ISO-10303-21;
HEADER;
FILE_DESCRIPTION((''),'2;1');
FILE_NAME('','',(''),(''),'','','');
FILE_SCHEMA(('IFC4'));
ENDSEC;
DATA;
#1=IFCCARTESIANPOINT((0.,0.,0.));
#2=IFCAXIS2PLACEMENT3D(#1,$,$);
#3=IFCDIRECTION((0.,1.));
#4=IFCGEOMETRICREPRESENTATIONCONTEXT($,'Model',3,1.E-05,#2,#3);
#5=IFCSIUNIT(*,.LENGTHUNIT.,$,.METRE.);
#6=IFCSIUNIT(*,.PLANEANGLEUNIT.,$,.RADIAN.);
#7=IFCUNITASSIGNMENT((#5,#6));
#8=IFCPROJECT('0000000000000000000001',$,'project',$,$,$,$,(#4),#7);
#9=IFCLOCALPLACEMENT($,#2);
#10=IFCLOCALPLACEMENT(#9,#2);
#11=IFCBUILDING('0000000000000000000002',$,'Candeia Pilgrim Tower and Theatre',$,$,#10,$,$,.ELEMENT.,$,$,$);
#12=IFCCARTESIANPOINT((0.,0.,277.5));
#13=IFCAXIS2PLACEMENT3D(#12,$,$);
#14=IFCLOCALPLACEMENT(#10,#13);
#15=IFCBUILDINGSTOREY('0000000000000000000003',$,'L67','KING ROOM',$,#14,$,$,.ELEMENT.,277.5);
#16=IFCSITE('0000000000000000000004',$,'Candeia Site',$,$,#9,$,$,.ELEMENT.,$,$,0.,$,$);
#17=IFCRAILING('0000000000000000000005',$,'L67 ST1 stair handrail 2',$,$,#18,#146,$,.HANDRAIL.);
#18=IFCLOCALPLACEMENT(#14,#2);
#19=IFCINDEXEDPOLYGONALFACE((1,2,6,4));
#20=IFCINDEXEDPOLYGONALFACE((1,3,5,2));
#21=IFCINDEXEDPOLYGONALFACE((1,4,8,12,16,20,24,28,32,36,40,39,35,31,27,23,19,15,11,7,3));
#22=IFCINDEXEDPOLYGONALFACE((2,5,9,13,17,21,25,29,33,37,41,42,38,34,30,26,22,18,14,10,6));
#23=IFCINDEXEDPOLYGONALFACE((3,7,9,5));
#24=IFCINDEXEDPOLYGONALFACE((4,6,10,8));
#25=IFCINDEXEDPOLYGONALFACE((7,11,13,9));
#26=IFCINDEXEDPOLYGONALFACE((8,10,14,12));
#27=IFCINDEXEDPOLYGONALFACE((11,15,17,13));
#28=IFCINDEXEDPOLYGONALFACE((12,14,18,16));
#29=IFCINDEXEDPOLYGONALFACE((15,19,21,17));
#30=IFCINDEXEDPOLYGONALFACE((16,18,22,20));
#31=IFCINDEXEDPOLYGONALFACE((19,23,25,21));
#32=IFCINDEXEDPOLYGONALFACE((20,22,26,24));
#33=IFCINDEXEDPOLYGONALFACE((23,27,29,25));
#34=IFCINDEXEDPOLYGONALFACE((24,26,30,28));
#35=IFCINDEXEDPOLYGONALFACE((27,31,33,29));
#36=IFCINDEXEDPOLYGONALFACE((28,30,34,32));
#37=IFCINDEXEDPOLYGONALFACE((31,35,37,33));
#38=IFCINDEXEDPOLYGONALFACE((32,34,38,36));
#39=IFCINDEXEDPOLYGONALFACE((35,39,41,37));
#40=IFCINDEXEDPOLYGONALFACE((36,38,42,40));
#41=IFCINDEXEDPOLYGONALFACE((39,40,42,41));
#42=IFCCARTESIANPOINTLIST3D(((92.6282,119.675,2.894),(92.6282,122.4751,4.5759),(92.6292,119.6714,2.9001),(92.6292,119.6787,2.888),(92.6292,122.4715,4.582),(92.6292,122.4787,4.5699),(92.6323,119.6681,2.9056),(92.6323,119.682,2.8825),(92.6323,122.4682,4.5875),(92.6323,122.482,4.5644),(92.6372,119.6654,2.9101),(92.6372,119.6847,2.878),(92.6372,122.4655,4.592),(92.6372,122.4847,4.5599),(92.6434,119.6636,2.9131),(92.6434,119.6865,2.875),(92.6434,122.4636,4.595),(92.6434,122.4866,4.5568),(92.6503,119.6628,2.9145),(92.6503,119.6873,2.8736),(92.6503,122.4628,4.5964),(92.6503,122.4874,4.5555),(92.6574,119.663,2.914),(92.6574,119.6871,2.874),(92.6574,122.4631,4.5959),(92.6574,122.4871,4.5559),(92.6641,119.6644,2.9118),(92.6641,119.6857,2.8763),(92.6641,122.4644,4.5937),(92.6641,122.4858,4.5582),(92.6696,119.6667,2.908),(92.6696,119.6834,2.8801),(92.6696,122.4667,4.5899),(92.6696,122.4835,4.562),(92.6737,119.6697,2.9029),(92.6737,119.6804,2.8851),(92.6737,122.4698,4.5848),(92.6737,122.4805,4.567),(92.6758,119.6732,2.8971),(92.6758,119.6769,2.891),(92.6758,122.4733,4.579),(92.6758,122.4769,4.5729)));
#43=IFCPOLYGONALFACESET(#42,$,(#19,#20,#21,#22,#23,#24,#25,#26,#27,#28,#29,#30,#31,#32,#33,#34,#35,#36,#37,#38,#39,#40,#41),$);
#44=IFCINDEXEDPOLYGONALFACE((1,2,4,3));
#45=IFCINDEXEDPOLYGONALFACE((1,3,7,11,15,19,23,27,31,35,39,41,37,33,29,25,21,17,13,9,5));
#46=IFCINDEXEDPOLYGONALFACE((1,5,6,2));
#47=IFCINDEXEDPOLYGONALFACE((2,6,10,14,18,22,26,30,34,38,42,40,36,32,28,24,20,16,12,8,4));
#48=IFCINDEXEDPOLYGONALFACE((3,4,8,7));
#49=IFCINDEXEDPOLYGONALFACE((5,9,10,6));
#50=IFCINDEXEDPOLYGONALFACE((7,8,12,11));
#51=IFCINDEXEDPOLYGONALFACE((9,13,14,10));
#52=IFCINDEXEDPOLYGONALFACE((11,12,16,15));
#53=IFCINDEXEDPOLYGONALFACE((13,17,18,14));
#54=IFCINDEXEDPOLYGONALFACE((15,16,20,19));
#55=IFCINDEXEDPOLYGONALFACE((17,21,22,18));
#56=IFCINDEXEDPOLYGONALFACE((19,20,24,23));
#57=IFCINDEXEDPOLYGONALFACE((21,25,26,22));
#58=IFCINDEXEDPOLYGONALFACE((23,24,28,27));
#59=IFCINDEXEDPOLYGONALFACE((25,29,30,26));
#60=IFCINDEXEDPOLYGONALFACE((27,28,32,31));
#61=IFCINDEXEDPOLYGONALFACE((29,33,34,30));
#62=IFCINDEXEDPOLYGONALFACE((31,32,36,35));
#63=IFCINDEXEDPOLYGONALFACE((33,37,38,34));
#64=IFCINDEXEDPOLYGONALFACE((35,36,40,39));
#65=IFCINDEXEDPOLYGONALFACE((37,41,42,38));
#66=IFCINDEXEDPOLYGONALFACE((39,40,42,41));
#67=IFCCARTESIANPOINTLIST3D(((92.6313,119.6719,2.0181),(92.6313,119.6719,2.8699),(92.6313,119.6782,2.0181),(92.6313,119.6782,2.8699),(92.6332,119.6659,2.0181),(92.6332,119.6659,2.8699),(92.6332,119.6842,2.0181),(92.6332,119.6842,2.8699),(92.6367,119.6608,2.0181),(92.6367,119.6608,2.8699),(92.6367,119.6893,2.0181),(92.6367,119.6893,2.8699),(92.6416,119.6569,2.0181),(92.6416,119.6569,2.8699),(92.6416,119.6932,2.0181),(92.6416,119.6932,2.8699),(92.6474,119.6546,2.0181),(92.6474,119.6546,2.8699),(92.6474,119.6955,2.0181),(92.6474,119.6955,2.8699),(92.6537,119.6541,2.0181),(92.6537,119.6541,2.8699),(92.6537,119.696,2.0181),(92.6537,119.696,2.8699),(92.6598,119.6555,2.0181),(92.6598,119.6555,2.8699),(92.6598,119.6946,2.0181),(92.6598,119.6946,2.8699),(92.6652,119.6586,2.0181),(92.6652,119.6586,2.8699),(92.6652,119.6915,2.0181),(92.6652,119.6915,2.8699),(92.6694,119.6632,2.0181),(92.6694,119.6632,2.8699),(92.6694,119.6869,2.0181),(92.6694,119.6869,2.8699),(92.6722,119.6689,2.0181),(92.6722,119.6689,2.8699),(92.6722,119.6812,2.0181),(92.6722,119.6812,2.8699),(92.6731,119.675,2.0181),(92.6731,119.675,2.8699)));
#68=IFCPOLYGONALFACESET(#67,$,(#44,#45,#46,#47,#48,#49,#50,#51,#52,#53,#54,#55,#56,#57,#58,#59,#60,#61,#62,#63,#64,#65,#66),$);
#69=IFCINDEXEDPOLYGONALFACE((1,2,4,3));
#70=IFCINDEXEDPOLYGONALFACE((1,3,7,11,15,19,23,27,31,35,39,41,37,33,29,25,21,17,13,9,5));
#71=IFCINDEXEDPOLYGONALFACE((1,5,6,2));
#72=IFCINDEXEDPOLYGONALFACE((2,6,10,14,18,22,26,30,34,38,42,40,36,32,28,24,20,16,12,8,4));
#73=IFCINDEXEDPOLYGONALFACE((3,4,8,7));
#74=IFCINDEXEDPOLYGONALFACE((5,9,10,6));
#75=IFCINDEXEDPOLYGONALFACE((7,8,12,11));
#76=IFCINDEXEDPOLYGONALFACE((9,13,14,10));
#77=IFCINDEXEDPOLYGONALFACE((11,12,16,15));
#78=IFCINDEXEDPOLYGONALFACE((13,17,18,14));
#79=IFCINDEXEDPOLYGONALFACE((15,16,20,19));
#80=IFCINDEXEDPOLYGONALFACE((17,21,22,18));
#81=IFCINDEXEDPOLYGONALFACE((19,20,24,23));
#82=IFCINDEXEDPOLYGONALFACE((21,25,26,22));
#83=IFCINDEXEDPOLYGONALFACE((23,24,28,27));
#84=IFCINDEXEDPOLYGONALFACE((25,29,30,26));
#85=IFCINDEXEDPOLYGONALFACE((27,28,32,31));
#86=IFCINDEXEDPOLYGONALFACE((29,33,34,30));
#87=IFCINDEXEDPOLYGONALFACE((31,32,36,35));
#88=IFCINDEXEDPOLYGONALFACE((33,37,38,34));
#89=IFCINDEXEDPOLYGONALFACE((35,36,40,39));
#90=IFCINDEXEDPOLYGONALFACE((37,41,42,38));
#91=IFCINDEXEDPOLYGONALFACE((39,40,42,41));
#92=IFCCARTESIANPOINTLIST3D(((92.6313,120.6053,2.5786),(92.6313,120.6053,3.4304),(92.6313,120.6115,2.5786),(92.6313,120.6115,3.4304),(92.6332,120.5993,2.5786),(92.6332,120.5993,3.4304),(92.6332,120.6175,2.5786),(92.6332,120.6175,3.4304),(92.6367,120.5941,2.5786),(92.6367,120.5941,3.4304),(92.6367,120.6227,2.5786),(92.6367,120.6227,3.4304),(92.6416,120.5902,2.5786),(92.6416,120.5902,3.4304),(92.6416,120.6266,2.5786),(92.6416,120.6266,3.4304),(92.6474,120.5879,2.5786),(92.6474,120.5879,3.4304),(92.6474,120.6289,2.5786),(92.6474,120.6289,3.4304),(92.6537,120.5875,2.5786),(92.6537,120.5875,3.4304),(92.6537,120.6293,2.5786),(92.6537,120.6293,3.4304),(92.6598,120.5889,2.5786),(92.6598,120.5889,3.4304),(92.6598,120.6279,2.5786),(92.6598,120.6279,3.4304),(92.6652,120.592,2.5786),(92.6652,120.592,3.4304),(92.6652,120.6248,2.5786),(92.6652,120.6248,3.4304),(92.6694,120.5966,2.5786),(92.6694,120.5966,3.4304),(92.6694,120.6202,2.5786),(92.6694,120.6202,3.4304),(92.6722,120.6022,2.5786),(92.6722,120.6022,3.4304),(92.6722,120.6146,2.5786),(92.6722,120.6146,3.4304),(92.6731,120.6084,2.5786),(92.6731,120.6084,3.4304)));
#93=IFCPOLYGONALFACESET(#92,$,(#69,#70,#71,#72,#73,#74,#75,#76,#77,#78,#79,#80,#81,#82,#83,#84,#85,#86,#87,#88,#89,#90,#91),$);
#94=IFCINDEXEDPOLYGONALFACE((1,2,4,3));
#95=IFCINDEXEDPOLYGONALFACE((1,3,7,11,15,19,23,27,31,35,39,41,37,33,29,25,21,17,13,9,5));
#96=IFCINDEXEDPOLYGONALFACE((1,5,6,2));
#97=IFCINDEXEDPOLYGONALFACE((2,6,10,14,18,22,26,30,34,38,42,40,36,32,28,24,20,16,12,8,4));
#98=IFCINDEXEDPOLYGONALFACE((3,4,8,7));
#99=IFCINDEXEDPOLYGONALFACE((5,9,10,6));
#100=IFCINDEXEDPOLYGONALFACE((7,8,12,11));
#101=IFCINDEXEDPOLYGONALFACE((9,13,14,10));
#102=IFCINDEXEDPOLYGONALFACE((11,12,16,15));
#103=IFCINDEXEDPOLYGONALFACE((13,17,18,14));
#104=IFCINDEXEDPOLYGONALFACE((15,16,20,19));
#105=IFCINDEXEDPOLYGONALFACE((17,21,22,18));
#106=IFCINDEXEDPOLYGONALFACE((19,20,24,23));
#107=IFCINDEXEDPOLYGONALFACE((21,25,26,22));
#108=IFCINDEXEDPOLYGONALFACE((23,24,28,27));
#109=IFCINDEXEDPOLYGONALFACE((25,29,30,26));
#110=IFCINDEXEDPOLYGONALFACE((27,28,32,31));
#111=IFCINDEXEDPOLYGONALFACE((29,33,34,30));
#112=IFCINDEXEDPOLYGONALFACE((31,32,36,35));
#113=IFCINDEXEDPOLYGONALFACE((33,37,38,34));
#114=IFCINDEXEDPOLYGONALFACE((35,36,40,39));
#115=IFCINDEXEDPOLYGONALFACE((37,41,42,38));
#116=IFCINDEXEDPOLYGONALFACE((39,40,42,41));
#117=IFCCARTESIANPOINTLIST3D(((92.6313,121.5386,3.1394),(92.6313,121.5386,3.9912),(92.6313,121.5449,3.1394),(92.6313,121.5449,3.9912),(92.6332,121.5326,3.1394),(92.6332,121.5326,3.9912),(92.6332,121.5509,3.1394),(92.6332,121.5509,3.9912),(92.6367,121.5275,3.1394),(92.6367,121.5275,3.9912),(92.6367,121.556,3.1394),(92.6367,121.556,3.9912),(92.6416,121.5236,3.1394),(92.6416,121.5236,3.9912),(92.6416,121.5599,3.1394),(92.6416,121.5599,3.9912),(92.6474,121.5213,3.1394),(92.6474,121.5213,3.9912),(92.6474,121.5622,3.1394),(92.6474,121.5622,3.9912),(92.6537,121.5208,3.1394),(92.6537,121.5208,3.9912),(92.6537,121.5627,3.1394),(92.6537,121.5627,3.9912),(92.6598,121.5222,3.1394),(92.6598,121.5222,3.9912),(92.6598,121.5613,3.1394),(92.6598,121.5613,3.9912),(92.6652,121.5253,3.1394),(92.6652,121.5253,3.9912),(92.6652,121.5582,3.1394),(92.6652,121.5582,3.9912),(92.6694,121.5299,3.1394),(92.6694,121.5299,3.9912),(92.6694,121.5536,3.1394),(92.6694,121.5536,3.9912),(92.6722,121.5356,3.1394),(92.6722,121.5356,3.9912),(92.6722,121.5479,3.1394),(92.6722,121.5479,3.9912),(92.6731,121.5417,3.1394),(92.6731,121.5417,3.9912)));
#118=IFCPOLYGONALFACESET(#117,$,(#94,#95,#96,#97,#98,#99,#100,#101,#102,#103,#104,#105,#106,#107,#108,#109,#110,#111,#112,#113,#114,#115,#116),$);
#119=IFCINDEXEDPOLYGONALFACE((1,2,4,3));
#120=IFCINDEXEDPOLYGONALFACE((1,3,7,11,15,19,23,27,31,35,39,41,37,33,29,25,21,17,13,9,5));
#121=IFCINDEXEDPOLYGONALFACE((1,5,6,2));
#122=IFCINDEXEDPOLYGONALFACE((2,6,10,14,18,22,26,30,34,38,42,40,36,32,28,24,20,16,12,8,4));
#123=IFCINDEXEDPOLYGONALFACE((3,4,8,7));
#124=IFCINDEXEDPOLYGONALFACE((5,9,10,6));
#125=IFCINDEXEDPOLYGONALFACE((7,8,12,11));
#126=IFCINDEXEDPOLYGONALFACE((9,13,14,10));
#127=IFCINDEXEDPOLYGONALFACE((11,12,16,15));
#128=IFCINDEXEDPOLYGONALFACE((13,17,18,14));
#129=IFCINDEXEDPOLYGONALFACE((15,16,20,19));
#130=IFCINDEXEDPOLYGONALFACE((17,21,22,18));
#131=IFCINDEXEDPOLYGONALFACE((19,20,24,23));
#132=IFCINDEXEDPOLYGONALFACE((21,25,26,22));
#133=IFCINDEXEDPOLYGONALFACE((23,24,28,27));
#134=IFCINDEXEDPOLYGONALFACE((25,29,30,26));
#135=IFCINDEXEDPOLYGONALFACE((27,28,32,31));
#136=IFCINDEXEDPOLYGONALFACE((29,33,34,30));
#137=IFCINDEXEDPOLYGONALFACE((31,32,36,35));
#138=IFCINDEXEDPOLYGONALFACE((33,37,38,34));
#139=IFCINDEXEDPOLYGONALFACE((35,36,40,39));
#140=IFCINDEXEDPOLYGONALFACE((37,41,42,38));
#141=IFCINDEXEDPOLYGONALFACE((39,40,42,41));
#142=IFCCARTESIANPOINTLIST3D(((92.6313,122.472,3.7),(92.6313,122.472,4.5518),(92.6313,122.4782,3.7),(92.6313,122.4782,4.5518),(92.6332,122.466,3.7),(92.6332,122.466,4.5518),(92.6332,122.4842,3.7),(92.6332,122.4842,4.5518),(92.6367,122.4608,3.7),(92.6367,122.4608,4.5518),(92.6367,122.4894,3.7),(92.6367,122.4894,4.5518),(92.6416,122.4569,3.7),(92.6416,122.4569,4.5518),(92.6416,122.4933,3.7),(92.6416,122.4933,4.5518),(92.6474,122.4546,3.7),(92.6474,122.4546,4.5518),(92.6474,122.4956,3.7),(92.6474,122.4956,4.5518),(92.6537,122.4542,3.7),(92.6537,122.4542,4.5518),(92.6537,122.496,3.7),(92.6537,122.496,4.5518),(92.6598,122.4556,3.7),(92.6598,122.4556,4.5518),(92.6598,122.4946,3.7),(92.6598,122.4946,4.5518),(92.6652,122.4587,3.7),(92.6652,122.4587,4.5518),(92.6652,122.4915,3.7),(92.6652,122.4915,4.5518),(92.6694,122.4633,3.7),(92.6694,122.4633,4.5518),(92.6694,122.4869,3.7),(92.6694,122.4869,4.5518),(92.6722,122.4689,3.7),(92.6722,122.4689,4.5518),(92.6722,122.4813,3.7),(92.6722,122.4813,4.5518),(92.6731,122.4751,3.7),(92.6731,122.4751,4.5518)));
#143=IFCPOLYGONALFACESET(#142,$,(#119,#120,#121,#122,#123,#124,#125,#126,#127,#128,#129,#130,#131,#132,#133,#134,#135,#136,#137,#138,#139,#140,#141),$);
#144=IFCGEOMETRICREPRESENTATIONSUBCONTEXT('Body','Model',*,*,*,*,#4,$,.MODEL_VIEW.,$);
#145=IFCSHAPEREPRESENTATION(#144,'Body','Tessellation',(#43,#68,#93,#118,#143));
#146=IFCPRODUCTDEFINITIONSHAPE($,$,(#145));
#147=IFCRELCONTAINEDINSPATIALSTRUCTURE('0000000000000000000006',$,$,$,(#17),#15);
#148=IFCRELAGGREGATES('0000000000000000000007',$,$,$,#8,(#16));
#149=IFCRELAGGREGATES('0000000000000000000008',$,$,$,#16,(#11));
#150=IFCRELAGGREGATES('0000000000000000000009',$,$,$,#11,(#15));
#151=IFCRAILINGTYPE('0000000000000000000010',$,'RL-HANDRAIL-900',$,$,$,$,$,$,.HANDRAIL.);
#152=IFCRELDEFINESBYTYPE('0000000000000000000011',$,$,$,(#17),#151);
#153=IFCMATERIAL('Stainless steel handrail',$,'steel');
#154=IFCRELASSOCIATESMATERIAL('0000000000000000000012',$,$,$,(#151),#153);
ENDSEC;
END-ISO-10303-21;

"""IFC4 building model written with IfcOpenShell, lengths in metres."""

from ifc_helpers import new_model, si_unit, direction, frame, origin, origin_2d, place, context, subcontext, project, spatial, circle, extrude, material, type_object, element, save


model = new_model("IFC4")

# Units and contexts
model_context = context("Model", 3, precision=1e-05, world=origin(), true_north=direction((0.0, 1.0)))
body_context = subcontext(model_context, "Body", "Model", "MODEL_VIEW")
ifc_project = project(units=[si_unit("LENGTHUNIT", "METRE"), si_unit("PLANEANGLEUNIT", "RADIAN")], contexts=[model_context])

# Site, building, storey
site_placement = place(None, origin())
site = spatial("IfcSite", under=ifc_project, at=site_placement, Name="Candeia Site", CompositionType="ELEMENT", RefElevation=0.0)
building_placement = place(site_placement, origin())
building = spatial("IfcBuilding", under=site, at=building_placement, Name="Candeia Pilgrim Tower and Theatre", CompositionType="ELEMENT")
storey_placement = place(building_placement, frame((0.0, 0.0, 277.5)))
storey = spatial("IfcBuildingStorey", under=building, at=storey_placement, Name="L67", Description="KING ROOM", CompositionType="ELEMENT", Elevation=277.5)

# Railing
ifc_material_1 = material(Name="Stainless steel handrail", Category="steel")
railing_type_1 = type_object("IfcRailingType", Name="RL-HANDRAIL-900", PredefinedType="HANDRAIL", material=ifc_material_1)
railing_1_placement = place(storey_placement, frame((92.6521, 119.675, 2.0181)))
element("IfcRailing", 1, at=railing_1_placement, inside=storey, type_object=railing_type_1, Name="L67 ST1 stair handrail 2", PredefinedType="HANDRAIL", context=body_context, shape_type="SweptSolid", body=[
    extrude(circle(Radius=0.0239, at=origin_2d()), frame((0.0, 0.0, 0.876), z_axis=(0.0, 0.857242, 0.514913), x_axis=(-1.0, 0.0, 0.0)), (0.0, 0.0, 1.0), 3.2664),
    extrude(circle(Radius=0.021, at=origin_2d()), origin(), (0.0, 0.0, 1.0), 0.8518),
    extrude(circle(Radius=0.021, at=origin_2d()), frame((0.0, 0.9333, 0.5605)), (0.0, 0.0, 1.0), 0.8518),
    extrude(circle(Radius=0.021, at=origin_2d()), frame((0.0, 1.8667, 1.1213)), (0.0, 0.0, 1.0), 0.8518),
    extrude(circle(Radius=0.021, at=origin_2d()), frame((0.0, 2.8, 1.6819)), (0.0, 0.0, 1.0), 0.8518),
])

save(model, "model.ifc")
